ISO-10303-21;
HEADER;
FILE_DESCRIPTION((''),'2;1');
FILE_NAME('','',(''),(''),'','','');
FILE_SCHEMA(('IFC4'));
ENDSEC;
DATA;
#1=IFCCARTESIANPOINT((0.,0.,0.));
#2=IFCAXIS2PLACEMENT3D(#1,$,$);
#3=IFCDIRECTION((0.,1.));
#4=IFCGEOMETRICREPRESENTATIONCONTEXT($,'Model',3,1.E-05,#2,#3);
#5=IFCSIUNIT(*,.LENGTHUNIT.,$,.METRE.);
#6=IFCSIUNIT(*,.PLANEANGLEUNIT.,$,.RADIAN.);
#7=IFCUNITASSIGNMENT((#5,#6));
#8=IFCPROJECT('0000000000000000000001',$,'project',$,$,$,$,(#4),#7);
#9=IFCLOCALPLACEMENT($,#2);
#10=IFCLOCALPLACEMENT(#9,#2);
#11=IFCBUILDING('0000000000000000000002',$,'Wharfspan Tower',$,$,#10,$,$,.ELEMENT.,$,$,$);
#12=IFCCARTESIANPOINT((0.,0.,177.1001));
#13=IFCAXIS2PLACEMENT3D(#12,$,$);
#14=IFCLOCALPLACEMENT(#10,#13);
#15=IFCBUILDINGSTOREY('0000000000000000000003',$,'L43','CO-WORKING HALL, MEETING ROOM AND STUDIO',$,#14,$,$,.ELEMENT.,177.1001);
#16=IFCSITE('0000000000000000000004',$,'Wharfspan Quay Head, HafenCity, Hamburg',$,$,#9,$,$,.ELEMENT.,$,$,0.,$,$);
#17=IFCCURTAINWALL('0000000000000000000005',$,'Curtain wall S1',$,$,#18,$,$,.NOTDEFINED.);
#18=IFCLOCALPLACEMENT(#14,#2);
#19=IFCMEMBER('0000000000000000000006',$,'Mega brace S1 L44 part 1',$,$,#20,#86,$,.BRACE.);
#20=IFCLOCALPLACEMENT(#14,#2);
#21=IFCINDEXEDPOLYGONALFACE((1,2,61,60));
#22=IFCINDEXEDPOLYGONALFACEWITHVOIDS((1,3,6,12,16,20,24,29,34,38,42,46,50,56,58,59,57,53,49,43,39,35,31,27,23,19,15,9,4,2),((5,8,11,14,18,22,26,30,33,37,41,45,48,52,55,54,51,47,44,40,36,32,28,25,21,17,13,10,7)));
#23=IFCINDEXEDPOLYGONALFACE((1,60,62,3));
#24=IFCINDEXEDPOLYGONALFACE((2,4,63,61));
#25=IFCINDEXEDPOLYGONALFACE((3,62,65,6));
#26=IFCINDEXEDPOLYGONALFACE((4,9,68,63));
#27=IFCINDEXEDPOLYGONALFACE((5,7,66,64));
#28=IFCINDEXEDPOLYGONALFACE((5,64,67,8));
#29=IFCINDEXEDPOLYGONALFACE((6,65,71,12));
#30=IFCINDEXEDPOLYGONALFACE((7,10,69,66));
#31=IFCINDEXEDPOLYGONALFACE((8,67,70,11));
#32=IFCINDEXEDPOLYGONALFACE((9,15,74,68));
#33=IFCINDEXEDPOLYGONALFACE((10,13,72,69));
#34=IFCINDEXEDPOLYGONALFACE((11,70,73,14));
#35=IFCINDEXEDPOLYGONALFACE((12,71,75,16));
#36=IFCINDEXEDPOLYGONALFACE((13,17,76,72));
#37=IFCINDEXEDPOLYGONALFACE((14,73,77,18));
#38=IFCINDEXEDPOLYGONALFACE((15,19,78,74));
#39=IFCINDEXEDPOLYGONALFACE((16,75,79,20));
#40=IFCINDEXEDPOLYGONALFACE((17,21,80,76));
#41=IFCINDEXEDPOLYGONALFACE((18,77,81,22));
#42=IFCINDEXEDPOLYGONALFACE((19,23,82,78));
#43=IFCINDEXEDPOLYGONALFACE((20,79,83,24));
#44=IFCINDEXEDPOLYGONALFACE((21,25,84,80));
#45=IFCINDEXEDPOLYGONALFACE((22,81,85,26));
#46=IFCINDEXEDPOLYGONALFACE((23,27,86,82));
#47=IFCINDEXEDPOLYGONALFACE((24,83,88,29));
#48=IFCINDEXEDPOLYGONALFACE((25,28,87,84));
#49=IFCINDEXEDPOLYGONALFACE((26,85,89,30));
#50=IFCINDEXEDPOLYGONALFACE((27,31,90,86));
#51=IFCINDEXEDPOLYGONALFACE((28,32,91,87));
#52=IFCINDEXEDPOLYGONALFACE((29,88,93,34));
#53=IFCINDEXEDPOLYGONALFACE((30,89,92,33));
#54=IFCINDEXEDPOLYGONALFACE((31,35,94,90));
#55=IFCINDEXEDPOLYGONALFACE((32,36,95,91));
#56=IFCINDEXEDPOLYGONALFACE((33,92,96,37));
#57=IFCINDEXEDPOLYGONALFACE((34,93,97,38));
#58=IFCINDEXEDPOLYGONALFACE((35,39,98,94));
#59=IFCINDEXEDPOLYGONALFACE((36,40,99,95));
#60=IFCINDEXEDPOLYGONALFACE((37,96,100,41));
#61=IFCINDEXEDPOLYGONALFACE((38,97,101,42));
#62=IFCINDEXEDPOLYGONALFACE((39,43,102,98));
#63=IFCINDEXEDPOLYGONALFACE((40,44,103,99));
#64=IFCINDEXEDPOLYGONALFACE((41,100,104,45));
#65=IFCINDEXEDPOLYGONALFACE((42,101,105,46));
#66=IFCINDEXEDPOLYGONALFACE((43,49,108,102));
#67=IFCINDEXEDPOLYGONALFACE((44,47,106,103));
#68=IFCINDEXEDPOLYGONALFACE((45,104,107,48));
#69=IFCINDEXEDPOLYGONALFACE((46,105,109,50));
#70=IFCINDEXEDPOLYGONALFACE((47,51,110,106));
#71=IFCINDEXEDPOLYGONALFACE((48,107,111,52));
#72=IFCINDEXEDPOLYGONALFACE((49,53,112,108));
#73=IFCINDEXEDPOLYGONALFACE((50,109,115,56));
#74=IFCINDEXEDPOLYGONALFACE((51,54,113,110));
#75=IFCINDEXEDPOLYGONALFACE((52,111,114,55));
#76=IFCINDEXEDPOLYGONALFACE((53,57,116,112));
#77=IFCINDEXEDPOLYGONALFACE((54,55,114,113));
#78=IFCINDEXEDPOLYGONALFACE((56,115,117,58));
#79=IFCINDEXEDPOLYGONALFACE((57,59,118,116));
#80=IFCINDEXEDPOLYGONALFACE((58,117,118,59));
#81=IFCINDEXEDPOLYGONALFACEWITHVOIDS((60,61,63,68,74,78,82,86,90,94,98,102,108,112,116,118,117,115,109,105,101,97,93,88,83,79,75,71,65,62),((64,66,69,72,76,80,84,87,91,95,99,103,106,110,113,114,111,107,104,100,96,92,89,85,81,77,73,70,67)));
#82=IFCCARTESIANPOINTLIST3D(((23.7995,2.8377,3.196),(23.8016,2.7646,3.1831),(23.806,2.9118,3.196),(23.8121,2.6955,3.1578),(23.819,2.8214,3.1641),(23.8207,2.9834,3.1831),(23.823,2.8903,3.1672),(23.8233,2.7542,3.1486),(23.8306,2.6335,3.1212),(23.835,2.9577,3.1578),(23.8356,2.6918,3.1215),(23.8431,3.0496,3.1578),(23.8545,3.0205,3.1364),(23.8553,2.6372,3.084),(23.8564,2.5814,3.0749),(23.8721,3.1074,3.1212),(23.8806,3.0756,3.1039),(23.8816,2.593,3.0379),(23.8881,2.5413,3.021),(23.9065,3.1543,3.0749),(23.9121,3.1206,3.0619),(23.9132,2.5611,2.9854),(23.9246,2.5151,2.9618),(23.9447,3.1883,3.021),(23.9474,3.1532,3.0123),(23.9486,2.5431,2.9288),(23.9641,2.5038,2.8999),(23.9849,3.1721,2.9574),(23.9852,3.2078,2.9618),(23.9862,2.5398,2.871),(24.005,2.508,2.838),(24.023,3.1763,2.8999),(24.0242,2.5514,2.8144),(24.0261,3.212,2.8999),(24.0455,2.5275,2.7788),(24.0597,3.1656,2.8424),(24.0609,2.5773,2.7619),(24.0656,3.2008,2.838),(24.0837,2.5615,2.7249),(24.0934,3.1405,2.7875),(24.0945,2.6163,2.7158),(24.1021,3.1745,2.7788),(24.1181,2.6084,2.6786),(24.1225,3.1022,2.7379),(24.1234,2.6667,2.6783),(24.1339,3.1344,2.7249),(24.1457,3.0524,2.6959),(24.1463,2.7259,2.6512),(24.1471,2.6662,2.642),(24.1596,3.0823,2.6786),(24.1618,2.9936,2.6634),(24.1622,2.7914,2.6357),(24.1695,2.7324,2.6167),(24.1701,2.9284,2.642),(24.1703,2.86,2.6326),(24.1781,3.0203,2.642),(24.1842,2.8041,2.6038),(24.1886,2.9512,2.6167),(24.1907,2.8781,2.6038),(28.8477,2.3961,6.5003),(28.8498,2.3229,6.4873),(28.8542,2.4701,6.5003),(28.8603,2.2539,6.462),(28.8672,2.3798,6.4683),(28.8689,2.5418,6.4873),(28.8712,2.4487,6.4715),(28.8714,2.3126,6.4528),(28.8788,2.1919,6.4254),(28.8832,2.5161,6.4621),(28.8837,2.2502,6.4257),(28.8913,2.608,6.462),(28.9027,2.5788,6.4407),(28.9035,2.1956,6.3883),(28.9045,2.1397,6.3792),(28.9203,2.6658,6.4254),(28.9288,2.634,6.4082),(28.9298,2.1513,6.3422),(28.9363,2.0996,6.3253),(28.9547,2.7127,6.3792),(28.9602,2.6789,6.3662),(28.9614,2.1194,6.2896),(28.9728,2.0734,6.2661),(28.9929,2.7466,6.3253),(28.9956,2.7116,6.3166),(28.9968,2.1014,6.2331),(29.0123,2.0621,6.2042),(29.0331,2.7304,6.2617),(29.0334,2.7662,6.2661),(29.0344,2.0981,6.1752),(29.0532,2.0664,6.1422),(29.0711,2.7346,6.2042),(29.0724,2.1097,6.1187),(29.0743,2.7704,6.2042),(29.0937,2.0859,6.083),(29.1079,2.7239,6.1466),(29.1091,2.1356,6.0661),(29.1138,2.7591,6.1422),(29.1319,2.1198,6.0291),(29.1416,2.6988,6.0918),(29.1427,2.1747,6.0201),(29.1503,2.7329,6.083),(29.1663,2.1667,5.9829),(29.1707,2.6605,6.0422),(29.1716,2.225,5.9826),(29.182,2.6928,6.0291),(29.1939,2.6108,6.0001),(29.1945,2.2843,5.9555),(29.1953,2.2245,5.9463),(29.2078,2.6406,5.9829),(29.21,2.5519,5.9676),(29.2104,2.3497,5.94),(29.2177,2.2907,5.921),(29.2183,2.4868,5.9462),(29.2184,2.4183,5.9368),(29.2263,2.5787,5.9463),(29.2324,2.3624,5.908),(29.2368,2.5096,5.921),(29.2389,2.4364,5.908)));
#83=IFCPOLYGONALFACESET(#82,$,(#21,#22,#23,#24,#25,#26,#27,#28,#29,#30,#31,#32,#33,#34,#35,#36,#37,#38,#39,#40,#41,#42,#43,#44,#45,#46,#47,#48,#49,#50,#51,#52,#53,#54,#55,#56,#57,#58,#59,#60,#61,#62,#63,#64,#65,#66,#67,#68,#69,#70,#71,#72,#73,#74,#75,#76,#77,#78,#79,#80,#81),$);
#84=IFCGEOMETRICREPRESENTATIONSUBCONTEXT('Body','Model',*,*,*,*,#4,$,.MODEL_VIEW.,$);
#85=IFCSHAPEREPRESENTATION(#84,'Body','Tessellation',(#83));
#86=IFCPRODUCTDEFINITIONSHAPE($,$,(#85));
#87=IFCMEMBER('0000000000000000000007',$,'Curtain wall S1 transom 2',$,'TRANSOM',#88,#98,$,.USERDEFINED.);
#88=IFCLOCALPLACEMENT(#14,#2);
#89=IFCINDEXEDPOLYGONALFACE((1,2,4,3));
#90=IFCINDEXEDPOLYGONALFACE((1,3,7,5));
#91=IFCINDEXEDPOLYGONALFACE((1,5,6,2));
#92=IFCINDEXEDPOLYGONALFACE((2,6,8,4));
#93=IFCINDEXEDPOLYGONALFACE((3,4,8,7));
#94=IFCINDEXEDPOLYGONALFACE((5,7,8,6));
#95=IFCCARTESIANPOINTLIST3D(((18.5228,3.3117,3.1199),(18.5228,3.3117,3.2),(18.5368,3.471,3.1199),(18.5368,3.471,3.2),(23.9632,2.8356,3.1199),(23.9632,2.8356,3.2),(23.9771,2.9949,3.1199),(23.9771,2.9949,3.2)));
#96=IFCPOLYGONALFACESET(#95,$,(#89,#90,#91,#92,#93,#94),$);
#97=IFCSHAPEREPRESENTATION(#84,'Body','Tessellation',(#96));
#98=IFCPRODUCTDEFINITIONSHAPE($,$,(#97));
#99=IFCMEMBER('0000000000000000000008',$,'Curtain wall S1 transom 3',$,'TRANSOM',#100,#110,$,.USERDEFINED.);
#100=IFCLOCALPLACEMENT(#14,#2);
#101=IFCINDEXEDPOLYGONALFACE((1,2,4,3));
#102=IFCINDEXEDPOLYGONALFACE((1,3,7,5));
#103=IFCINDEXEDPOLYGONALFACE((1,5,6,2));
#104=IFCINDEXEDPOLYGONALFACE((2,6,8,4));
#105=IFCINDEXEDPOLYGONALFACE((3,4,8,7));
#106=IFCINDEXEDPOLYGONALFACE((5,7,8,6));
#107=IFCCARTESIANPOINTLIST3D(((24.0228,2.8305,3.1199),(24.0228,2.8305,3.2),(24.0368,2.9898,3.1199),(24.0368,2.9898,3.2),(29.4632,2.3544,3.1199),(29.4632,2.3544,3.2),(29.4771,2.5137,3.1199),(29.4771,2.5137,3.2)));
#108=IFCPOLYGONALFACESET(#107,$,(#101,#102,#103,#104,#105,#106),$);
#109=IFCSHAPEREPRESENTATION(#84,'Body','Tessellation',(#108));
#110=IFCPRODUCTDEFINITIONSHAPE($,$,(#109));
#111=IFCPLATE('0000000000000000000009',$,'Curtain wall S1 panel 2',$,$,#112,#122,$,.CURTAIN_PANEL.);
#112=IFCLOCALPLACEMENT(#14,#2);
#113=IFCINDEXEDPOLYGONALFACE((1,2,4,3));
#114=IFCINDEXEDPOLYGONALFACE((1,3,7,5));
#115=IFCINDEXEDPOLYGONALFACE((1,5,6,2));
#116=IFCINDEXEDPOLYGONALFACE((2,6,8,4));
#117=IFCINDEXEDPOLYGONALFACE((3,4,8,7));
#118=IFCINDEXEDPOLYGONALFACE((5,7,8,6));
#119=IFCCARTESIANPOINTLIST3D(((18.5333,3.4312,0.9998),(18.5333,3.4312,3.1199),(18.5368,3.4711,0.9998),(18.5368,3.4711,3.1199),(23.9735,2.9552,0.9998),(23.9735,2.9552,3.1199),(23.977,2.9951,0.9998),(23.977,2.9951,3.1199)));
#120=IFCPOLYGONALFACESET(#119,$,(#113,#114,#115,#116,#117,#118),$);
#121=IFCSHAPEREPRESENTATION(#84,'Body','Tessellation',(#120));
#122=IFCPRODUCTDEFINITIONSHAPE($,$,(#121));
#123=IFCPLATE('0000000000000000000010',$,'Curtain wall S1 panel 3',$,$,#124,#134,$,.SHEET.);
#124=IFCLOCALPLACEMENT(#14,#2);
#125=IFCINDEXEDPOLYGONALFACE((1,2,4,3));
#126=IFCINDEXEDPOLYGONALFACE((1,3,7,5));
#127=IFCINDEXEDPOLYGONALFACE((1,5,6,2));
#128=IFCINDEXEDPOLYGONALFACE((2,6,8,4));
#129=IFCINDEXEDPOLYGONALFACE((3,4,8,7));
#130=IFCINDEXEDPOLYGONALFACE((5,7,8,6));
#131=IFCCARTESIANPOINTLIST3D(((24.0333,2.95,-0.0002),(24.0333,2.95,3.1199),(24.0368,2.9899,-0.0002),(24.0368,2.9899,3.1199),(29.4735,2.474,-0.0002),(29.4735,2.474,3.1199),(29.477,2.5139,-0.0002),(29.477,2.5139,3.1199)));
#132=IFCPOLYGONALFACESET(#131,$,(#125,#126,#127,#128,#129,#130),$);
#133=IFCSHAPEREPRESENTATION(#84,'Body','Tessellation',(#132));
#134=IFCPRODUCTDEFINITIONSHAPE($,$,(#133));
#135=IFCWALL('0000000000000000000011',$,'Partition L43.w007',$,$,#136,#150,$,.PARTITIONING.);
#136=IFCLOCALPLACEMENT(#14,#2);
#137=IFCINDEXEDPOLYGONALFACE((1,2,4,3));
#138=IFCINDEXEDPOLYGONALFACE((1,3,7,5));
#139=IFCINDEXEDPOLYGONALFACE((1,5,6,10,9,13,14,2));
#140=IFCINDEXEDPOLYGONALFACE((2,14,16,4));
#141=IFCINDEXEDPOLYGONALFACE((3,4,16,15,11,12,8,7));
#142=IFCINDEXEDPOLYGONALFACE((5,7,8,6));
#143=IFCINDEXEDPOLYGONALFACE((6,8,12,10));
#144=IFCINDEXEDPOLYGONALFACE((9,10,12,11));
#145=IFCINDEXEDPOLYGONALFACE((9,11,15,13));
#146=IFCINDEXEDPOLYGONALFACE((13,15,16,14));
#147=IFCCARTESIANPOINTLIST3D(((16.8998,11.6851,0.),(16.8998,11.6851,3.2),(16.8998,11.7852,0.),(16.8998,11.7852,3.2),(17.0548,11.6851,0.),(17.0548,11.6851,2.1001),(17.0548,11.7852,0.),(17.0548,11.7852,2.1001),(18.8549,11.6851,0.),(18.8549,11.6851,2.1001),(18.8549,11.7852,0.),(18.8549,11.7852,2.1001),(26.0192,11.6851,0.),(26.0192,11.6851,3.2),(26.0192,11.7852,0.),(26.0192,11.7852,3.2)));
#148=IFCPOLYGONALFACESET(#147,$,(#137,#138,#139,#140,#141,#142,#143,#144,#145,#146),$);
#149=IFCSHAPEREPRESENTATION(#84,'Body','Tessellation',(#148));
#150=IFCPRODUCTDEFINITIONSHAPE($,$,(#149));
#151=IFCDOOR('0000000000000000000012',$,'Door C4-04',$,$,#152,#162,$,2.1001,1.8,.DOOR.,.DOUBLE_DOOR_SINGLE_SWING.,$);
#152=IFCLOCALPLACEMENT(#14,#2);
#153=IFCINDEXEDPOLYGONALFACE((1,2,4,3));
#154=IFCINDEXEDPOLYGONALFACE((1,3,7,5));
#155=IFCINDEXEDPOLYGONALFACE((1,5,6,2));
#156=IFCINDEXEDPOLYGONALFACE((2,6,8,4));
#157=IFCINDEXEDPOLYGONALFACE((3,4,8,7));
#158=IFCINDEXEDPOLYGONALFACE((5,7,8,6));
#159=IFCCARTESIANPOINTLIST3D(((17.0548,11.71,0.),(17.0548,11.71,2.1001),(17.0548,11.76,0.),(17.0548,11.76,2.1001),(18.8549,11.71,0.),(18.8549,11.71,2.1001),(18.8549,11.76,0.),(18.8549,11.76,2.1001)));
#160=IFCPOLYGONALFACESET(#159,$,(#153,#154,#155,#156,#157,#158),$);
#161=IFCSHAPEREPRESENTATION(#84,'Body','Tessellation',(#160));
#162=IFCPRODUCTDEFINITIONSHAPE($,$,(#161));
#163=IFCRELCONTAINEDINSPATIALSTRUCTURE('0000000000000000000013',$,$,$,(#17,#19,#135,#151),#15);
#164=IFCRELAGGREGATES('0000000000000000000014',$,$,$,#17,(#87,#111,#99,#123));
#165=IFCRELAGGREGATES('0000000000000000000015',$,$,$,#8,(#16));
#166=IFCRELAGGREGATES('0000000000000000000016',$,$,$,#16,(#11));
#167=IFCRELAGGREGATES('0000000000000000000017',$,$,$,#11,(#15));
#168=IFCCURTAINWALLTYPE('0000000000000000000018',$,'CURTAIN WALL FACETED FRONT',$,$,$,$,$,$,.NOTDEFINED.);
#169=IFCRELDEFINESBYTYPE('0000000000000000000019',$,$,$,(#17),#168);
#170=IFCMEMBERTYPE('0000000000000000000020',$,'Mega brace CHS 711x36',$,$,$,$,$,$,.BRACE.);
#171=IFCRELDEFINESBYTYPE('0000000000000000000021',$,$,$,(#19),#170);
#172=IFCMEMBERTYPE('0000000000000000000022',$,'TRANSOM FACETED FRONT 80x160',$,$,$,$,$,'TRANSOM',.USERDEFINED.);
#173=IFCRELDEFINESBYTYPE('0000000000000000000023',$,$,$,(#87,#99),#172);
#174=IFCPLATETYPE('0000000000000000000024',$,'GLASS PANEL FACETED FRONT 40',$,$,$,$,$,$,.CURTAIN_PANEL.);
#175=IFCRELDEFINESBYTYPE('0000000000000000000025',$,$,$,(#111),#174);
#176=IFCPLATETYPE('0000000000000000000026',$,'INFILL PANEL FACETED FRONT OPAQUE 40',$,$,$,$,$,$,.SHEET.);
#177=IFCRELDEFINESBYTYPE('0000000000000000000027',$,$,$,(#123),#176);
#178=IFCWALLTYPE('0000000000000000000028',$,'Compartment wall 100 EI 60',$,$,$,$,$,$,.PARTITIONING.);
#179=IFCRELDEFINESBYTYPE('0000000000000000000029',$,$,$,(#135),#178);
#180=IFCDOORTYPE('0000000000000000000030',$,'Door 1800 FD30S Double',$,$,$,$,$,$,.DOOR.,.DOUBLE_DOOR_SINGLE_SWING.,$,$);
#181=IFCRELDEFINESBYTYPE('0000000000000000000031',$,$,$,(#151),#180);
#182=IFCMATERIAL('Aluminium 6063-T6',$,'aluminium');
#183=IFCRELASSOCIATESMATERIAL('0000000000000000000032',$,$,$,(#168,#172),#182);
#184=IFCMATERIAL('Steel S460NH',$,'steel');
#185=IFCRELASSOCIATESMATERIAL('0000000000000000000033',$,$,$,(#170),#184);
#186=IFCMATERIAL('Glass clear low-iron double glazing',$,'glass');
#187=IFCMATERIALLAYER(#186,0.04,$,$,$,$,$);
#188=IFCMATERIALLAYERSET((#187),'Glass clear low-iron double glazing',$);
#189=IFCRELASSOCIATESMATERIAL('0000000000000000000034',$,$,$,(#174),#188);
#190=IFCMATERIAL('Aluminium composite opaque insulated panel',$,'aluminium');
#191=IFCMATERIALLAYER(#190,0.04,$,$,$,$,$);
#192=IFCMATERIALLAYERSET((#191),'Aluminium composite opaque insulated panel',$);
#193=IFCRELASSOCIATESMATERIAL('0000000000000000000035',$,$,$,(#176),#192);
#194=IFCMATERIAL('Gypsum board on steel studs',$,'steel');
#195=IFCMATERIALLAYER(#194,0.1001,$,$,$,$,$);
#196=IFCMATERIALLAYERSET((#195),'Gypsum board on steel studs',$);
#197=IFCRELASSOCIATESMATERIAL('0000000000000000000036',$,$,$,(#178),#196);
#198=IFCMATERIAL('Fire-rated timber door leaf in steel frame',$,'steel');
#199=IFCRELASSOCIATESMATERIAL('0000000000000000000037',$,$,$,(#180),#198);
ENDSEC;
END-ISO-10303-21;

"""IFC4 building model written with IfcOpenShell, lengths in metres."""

from ifc_helpers import new_model, si_unit, direction, frame, frame_2d, origin, origin_2d, place, context, subcontext, project, spatial, rectangle, hollow_circle, extrude, material, layer, layer_set, material_profile, profile_set, type_object, element, fill, aggregate, save


model = new_model("IFC4")

# Units and contexts
model_context = context("Model", 3, precision=1e-05, world=origin(), true_north=direction((0.0, 1.0)))
body_context = subcontext(model_context, "Body", "Model", "MODEL_VIEW")
ifc_project = project(units=[si_unit("LENGTHUNIT", "METRE"), si_unit("PLANEANGLEUNIT", "RADIAN")], contexts=[model_context])

# Site, building, storey
site_placement = place(None, origin())
site = spatial("IfcSite", under=ifc_project, at=site_placement, Name="Wharfspan Quay Head, HafenCity, Hamburg", CompositionType="ELEMENT", RefElevation=0.0)
building_placement = place(site_placement, origin())
building = spatial("IfcBuilding", under=site, at=building_placement, Name="Wharfspan Tower", CompositionType="ELEMENT")
storey_placement = place(building_placement, frame((0.0, 0.0, 177.1001)))
storey = spatial("IfcBuildingStorey", under=building, at=storey_placement, Name="L43", Description="CO-WORKING HALL, MEETING ROOM AND STUDIO", CompositionType="ELEMENT", Elevation=177.1001)

# Curtain wall
ifc_material_1 = material(Name="Aluminium 6063-T6", Category="aluminium")
curtain_wall_type = type_object("IfcCurtainWallType", Name="CURTAIN WALL FACETED FRONT", PredefinedType="NOTDEFINED", material=ifc_material_1)
curtain_wall_placement = place(storey_placement, origin())
curtain_wall = element("IfcCurtainWall", 1, at=curtain_wall_placement, inside=storey, type_object=curtain_wall_type, Name="Curtain wall S1", PredefinedType="NOTDEFINED")

# Members
ifc_material_2 = material(Name="Steel S460NH", Category="steel")
ifc_material_profile_1 = material_profile(ifc_material_2, hollow_circle(Radius=0.3555, WallThickness=0.0359, at=origin_2d()))
ifc_profile_set_1 = profile_set([ifc_material_profile_1], Name="Steel S460NH")
member_type_1 = type_object("IfcMemberType", Name="Mega brace CHS 711x36", PredefinedType="BRACE", material=ifc_profile_set_1)
member_1_placement = place(storey_placement, frame((23.9951, 2.8579, 2.8999), z_axis=(0.834469, -0.073006, 0.546197), x_axis=(0.087156, 0.996198, -0.000001)))
element("IfcMember", 2, at=member_1_placement, inside=storey, type_object=member_type_1, Name="Mega brace S1 L44 part 1", PredefinedType="BRACE", context=body_context, shape_type="SweptSolid", body=[
    extrude(hollow_circle(Radius=0.3555, WallThickness=0.0359, at=origin_2d()), origin(), (0.0, 0.0, 1.0), 6.0496),
])
ifc_material_profile_2 = material_profile(ifc_material_1, rectangle(XDim=0.1599, YDim=0.0801, at=origin_2d()))
ifc_profile_set_2 = profile_set([ifc_material_profile_2], Name="Aluminium 6063-T6")
member_type_2 = type_object("IfcMemberType", Name="TRANSOM FACETED FRONT 80x160", ElementType="TRANSOM", PredefinedType="USERDEFINED", material=ifc_profile_set_2)
member_2_placement = place(storey_placement, frame((18.5298, 3.3914, 3.1599), z_axis=(0.996193, -0.087174, 0.0), x_axis=(0.087174, 0.996193, 0.0)))
member_2 = element("IfcMember", 3, at=member_2_placement, type_object=member_type_2, Name="Curtain wall S1 transom 2", ObjectType="TRANSOM", PredefinedType="USERDEFINED", context=body_context, shape_type="SweptSolid", body=[
    extrude(rectangle(XDim=0.1599, YDim=0.0801, at=origin_2d()), origin(), (0.0, 0.0, 1.0), 5.4612),
])
member_3_placement = place(storey_placement, frame((24.0298, 2.9102, 3.1599), z_axis=(0.996193, -0.087174, 0.0), x_axis=(0.087174, 0.996193, 0.0)))
member_3 = element("IfcMember", 4, at=member_3_placement, type_object=member_type_2, Name="Curtain wall S1 transom 3", ObjectType="TRANSOM", PredefinedType="USERDEFINED", context=body_context, shape_type="SweptSolid", body=[
    extrude(rectangle(XDim=0.1599, YDim=0.0801, at=origin_2d()), origin(), (0.0, 0.0, 1.0), 5.4612),
])

# Plates
ifc_material_3 = material(Name="Glass clear low-iron double glazing", Category="glass")
ifc_layer_1 = layer(ifc_material_3, 0.04)
ifc_layer_set_1 = layer_set([ifc_layer_1], Name="Glass clear low-iron double glazing")
plate_type_1 = type_object("IfcPlateType", Name="GLASS PANEL FACETED FRONT 40", PredefinedType="CURTAIN_PANEL", material=ifc_layer_set_1)
plate_1_placement = place(storey_placement, frame((21.2551, 3.2131, 0.9998), z_axis=(0.0, 0.0, 1.0), x_axis=(0.996198, -0.087156, 0.0)))
plate_1 = element("IfcPlate", 5, at=plate_1_placement, type_object=plate_type_1, Name="Curtain wall S1 panel 2", PredefinedType="CURTAIN_PANEL", context=body_context, shape_type="SweptSolid", body=[
    extrude(rectangle(XDim=5.4609, YDim=0.04, at=origin_2d()), origin(), (0.0, 0.0, 1.0), 2.1201),
])
ifc_material_4 = material(Name="Aluminium composite opaque insulated panel", Category="aluminium")
ifc_layer_2 = layer(ifc_material_4, 0.04)
ifc_layer_set_2 = layer_set([ifc_layer_2], Name="Aluminium composite opaque insulated panel")
plate_type_2 = type_object("IfcPlateType", Name="INFILL PANEL FACETED FRONT OPAQUE 40", PredefinedType="SHEET", material=ifc_layer_set_2)
plate_2_placement = place(storey_placement, frame((26.7551, 2.7319, -0.0002), z_axis=(0.0, 0.0, 1.0), x_axis=(0.996198, -0.087156, 0.0)))
plate_2 = element("IfcPlate", 6, at=plate_2_placement, type_object=plate_type_2, Name="Curtain wall S1 panel 3", PredefinedType="SHEET", context=body_context, shape_type="SweptSolid", body=[
    extrude(rectangle(XDim=5.4609, YDim=0.04, at=origin_2d()), origin(), (0.0, 0.0, 1.0), 3.1201),
])
aggregate(curtain_wall, [member_2, plate_1, member_3, plate_2])

# Wall, opening, door
ifc_material_5 = material(Name="Gypsum board on steel studs", Category="steel")
ifc_layer_3 = layer(ifc_material_5, 0.1001)
ifc_layer_set_3 = layer_set([ifc_layer_3], Name="Gypsum board on steel studs")
wall_type_1 = type_object("IfcWallType", Name="Compartment wall 100 EI 60", PredefinedType="PARTITIONING", material=ifc_layer_set_3)
wall_1_placement = place(storey_placement, frame((16.8999, 11.7351, 0.0), z_axis=(0.0, 0.0, 1.0), x_axis=(1.0, 0.0, 0.0)))
wall_1 = element("IfcWall", 7, at=wall_1_placement, inside=storey, type_object=wall_type_1, Name="Partition L43.w007", PredefinedType="PARTITIONING", context=body_context, shape_type="SweptSolid", body=[
    extrude(rectangle(XDim=9.1194, YDim=0.1001, at=frame_2d((4.5596, 0.0))), origin(), (0.0, 0.0, 1.0), 3.2),
])
opening_1_placement = place(wall_1_placement, frame((0.155, 0.0, 0.0)))
opening_1 = element("IfcOpeningElement", 8, at=opening_1_placement, cuts=wall_1, PredefinedType="OPENING", context=body_context, shape_type="SweptSolid", body=[
    extrude(rectangle(XDim=1.8, YDim=2.1001, at=frame_2d((0.8999, 1.05))), frame((0.0, 0.0601, 0.0), z_axis=(0.0, -1.0, 0.0), x_axis=(1.0, 0.0, 0.0)), (0.0, 0.0, 1.0), 0.1201),
])
ifc_material_6 = material(Name="Fire-rated timber door leaf in steel frame", Category="steel")
door_type_1 = type_object("IfcDoorType", Name="Door 1800 FD30S Double", OperationType="DOUBLE_DOOR_SINGLE_SWING", PredefinedType="DOOR", material=ifc_material_6)
door_1_placement = place(opening_1_placement, origin())
door_1 = element("IfcDoor", 9, at=door_1_placement, inside=storey, type_object=door_type_1, Name="Door C4-04", OperationType="DOUBLE_DOOR_SINGLE_SWING", OverallHeight=2.1001, OverallWidth=1.8, PredefinedType="DOOR", context=body_context, shape_type="SweptSolid", body=[
    extrude(rectangle(XDim=1.8, YDim=2.1001, at=frame_2d((0.8999, 1.05))), frame((0.0, 0.0249, 0.0), z_axis=(0.0, -1.0, 0.0), x_axis=(1.0, 0.0, 0.0)), (0.0, 0.0, 1.0), 0.05),
])
fill(opening_1, door_1)

save(model, "model.ifc")
